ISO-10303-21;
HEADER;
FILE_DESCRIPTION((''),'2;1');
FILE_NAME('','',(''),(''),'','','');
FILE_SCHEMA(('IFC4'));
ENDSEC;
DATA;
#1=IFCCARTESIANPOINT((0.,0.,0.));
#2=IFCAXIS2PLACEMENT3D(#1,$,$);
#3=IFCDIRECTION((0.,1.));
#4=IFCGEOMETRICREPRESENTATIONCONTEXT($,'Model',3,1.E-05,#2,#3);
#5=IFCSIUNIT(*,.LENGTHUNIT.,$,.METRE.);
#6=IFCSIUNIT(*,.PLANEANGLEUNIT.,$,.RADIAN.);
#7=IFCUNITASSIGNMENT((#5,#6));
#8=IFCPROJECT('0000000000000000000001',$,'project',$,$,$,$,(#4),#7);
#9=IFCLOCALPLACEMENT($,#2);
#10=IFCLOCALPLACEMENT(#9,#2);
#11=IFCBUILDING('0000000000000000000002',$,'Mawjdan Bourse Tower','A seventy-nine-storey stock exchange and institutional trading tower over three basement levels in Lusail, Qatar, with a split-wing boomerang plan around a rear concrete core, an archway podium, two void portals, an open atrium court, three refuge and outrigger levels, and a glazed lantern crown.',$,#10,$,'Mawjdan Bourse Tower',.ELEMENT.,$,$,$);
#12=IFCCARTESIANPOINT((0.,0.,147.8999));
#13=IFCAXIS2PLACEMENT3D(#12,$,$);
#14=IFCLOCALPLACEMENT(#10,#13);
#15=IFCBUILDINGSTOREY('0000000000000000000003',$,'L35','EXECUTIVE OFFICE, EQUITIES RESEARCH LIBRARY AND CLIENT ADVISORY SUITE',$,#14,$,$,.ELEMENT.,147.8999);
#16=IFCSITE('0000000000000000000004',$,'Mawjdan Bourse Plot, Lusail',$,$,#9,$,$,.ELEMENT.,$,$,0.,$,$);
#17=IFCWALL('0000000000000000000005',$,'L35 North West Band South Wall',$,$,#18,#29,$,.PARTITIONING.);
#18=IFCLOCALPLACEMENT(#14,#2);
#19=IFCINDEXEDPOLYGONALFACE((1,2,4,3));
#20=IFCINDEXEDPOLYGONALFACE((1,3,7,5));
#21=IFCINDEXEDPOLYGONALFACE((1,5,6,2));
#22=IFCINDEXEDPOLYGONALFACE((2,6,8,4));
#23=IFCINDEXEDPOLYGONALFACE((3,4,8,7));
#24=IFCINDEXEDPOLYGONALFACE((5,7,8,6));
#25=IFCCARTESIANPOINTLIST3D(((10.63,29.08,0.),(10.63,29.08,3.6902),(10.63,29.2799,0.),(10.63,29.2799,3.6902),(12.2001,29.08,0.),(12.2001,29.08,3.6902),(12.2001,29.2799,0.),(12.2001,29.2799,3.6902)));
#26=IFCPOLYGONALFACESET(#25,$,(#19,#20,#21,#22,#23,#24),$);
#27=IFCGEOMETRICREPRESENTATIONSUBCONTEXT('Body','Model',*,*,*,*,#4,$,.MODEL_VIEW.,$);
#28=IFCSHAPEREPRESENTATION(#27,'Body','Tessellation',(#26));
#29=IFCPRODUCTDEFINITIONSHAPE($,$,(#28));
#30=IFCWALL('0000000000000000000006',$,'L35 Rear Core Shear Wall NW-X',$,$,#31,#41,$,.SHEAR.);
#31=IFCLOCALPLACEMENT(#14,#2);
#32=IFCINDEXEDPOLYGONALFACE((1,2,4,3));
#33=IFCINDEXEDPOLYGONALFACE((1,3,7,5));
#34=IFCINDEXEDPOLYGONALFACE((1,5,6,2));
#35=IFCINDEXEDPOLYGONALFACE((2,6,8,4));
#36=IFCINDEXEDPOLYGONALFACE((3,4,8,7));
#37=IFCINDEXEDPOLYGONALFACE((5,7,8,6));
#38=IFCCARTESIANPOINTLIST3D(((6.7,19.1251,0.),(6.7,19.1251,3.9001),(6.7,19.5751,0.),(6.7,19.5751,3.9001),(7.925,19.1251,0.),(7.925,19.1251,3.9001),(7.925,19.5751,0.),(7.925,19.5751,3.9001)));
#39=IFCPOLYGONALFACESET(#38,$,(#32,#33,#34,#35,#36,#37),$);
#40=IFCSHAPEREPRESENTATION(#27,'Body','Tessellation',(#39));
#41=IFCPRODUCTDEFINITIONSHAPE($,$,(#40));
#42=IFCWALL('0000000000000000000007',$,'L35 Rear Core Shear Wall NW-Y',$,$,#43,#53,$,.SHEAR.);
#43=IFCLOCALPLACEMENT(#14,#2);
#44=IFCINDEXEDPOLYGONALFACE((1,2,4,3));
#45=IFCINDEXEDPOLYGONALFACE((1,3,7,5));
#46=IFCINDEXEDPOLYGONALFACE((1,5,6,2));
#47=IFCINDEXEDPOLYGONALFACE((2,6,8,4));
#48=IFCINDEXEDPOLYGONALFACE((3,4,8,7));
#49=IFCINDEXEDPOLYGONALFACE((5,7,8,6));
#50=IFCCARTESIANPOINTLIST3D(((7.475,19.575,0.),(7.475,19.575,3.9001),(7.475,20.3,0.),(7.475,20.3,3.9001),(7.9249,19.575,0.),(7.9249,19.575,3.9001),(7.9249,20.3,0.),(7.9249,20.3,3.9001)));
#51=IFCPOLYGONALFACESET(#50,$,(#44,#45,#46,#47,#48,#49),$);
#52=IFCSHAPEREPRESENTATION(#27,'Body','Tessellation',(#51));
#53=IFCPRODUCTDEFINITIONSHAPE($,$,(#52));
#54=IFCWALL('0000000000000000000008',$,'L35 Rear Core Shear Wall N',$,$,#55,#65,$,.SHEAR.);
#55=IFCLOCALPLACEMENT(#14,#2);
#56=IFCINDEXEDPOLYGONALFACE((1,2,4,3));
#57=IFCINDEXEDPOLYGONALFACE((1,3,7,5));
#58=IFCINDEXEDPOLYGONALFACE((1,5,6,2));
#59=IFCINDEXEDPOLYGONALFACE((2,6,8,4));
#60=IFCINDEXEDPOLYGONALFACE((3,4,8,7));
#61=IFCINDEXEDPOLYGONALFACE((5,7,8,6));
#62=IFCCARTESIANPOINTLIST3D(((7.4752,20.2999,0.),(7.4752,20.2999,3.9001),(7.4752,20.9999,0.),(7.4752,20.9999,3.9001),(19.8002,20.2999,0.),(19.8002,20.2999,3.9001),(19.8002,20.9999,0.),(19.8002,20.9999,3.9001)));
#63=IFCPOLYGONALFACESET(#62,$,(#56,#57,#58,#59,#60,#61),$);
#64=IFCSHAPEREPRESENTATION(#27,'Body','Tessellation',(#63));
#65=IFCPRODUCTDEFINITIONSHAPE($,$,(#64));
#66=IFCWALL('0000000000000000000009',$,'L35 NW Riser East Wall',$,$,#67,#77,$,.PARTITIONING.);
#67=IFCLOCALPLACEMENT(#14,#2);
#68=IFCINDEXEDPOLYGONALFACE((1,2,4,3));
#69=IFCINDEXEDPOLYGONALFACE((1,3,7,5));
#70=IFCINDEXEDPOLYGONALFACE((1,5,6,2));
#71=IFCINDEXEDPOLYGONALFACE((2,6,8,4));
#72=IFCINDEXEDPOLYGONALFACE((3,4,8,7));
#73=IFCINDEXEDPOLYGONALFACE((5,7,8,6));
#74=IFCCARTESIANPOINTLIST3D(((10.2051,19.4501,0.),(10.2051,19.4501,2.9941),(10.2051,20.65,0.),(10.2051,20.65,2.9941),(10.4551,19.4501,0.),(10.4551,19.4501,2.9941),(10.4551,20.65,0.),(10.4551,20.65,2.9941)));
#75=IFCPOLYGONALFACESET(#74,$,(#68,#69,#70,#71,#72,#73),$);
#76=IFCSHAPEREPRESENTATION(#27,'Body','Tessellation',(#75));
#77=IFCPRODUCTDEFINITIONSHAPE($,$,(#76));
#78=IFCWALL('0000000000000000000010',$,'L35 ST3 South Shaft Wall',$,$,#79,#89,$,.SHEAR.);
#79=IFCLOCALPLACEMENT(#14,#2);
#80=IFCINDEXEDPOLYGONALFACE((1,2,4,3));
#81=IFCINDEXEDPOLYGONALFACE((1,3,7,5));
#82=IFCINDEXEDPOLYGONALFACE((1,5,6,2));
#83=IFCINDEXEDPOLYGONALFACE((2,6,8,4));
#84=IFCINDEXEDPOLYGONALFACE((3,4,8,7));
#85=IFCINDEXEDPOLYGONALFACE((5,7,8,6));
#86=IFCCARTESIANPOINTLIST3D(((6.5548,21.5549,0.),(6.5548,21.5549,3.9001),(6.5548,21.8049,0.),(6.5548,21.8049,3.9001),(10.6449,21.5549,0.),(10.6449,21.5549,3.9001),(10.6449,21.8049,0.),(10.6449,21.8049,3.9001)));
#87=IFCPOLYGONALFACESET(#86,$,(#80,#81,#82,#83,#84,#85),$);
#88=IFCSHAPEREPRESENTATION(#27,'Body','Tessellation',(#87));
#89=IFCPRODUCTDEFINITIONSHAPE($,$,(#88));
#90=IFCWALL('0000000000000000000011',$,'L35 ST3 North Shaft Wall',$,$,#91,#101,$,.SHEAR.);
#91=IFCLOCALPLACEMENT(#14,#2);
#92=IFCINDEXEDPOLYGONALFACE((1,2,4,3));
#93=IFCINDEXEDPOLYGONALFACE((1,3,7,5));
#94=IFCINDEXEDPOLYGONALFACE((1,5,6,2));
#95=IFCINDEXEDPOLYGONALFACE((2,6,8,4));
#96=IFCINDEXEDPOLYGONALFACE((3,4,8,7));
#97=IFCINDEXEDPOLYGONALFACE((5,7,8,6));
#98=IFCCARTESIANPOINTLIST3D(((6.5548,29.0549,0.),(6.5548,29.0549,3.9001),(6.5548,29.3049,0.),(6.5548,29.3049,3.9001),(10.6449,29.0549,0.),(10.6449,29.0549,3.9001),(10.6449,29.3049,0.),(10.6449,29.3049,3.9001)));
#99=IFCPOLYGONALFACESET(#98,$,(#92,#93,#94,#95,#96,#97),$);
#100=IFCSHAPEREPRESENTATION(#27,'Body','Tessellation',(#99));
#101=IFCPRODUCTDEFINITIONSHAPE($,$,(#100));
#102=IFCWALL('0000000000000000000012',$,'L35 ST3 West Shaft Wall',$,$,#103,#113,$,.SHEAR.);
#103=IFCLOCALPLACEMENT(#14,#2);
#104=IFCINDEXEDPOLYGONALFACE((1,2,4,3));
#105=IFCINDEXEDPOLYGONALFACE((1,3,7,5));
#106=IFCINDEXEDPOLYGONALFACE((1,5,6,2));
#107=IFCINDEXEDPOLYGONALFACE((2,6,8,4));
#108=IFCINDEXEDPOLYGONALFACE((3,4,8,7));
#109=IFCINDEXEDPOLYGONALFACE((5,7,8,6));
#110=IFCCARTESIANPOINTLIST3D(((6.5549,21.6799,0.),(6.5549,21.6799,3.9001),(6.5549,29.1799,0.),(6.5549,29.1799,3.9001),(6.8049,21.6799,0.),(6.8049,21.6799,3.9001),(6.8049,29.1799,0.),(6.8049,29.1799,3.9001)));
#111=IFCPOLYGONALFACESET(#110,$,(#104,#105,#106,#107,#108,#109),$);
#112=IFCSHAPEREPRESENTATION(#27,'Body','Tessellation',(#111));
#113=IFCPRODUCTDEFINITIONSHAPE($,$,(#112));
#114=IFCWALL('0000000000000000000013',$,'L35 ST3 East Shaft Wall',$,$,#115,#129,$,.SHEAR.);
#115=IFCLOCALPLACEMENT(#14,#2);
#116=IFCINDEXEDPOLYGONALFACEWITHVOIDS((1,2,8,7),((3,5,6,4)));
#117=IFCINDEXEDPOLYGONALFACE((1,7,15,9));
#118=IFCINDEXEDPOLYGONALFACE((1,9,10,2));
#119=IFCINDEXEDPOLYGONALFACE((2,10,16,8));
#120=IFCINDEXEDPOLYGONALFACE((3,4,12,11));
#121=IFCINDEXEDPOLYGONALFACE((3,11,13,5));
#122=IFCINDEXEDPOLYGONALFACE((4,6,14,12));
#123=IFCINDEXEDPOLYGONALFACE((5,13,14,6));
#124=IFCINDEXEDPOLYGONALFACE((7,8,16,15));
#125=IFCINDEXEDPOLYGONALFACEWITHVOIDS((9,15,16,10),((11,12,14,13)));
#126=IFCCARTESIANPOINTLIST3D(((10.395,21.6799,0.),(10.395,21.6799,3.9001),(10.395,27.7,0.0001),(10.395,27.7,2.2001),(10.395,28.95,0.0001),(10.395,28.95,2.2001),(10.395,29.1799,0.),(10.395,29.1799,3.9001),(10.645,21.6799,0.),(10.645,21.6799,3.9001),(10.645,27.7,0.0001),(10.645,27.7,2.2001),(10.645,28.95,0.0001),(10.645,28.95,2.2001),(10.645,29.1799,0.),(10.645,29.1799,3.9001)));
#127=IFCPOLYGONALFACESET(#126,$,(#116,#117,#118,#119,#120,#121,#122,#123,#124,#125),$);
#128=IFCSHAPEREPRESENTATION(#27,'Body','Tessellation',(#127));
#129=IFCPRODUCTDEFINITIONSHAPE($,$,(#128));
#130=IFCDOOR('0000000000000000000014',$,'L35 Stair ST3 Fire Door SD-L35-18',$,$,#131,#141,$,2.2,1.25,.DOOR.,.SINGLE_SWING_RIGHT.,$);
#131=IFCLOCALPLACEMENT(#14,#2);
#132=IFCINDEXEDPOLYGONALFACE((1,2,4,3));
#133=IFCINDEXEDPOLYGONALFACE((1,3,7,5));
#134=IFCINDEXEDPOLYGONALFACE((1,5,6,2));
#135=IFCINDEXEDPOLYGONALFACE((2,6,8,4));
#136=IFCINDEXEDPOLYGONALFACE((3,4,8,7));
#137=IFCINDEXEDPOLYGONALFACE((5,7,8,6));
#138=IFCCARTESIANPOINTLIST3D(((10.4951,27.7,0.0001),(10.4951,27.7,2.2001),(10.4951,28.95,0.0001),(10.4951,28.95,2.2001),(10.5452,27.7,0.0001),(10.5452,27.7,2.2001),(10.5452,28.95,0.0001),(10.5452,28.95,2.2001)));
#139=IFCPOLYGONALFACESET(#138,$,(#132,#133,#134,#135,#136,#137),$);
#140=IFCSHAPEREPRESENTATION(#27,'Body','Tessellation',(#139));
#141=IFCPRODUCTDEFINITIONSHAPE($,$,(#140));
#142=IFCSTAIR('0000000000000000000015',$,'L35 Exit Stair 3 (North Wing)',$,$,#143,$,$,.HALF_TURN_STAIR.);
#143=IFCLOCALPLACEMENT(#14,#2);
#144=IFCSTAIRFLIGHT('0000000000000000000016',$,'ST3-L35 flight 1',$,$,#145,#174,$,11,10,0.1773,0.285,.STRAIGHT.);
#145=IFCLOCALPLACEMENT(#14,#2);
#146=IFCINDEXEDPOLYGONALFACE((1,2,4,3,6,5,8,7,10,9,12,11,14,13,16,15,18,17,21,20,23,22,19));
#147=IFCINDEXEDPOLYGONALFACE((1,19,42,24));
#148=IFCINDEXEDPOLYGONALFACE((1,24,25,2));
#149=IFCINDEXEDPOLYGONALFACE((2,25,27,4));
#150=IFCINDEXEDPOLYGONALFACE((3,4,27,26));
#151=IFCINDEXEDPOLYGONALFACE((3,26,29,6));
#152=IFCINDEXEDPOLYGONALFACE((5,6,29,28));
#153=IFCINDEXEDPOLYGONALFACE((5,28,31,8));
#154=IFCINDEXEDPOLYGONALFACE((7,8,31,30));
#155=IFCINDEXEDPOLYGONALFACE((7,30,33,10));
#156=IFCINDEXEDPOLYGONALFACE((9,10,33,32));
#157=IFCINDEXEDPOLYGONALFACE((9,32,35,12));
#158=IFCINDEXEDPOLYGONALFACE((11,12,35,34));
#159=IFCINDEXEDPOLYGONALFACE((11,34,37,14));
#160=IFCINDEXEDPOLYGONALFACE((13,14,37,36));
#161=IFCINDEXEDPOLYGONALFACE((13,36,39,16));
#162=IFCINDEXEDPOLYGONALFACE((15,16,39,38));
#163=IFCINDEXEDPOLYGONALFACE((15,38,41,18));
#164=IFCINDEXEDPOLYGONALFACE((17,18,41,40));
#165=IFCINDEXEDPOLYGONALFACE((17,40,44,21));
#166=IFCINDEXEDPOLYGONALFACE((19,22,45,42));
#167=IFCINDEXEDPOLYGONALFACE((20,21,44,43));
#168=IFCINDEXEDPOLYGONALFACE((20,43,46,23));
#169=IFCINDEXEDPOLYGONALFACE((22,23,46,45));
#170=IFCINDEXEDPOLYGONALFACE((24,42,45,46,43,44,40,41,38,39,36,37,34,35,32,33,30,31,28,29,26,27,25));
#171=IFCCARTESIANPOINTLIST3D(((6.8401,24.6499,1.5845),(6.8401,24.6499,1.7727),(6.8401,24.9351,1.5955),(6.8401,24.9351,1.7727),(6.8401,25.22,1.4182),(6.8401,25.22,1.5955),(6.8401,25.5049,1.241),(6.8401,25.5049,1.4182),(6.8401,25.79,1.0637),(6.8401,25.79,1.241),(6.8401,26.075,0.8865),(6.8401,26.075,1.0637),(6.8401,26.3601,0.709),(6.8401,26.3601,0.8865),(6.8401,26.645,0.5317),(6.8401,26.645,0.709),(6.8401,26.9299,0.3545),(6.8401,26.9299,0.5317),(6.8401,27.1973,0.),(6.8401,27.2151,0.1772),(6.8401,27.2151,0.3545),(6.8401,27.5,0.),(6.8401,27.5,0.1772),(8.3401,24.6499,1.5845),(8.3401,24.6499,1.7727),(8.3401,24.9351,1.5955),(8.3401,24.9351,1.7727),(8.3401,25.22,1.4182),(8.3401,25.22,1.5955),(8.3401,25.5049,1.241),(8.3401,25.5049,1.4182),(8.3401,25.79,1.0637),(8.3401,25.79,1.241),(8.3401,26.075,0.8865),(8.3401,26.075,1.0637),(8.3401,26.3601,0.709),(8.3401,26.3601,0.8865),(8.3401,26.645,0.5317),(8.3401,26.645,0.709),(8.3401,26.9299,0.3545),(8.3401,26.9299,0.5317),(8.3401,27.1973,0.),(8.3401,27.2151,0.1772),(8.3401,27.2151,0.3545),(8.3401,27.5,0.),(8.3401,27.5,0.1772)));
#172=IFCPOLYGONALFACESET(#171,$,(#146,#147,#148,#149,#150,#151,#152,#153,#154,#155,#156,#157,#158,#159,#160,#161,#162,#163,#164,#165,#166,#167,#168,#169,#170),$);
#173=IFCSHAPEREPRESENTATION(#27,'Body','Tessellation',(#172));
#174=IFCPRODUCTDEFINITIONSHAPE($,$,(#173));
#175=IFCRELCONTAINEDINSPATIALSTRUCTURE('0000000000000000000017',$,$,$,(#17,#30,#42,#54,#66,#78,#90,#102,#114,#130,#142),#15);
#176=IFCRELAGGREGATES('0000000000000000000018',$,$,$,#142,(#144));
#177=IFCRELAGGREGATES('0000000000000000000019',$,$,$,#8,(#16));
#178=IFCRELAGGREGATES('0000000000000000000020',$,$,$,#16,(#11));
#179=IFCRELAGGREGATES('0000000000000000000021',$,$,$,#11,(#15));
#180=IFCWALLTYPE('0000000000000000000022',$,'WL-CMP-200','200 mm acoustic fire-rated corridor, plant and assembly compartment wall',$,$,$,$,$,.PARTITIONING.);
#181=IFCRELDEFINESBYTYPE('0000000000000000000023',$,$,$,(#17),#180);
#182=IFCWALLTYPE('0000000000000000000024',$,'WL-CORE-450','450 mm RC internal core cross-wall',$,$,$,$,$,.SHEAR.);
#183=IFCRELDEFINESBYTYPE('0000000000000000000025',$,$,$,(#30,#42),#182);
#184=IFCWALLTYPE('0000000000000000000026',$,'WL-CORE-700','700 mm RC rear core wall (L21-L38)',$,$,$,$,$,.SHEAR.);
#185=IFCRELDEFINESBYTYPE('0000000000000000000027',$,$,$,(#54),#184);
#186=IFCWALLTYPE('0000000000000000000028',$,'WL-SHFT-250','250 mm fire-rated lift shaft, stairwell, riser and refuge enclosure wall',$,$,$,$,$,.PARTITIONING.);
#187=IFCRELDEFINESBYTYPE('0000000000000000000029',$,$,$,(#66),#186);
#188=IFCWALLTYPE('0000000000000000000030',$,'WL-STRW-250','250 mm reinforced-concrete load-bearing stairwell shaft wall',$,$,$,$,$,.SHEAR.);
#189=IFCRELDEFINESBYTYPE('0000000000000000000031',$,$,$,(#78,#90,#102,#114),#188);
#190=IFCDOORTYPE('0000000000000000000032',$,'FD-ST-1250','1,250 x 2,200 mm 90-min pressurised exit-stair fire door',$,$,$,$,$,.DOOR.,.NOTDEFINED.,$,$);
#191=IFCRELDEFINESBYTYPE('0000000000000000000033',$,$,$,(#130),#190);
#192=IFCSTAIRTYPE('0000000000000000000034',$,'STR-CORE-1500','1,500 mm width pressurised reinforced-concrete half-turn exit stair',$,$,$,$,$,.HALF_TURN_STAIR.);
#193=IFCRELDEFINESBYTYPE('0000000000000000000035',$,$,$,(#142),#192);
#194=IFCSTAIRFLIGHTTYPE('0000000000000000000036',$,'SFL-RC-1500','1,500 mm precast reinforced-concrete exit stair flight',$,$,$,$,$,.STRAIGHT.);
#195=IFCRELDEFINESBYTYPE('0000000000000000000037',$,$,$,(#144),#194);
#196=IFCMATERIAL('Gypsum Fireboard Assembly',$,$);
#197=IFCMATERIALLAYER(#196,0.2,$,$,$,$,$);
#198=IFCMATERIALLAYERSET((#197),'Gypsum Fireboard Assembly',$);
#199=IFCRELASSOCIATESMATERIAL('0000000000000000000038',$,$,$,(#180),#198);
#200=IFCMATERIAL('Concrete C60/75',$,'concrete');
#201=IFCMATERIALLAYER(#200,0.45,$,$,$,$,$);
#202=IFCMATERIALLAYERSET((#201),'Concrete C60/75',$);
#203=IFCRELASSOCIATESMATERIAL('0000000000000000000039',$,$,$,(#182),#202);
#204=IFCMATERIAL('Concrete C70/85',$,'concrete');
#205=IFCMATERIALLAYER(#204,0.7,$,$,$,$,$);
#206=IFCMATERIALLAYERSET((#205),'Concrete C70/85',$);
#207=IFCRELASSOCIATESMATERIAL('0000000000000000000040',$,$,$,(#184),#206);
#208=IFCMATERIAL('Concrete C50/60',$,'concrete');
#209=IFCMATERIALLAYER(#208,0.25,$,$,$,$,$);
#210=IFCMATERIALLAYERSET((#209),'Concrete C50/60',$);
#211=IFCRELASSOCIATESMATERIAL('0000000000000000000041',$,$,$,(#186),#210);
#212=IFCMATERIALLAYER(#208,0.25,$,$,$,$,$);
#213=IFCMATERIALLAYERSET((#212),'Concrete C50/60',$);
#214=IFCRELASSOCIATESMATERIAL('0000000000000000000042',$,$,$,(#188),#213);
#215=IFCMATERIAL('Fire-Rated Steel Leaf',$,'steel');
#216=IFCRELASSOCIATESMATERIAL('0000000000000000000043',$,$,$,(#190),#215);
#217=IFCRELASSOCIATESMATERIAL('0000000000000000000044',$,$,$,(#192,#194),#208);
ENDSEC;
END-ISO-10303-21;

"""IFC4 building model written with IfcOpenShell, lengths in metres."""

from ifc_helpers import new_model, si_unit, direction, frame, frame_2d, origin, place, context, subcontext, project, spatial, polyline, rectangle, outline, extrude, material, layer, layer_set, type_object, element, fill, aggregate, save


model = new_model("IFC4")

# Units and contexts
model_context = context("Model", 3, precision=1e-05, world=origin(), true_north=direction((0.0, 1.0)))
body_context = subcontext(model_context, "Body", "Model", "MODEL_VIEW")
ifc_project = project(units=[si_unit("LENGTHUNIT", "METRE"), si_unit("PLANEANGLEUNIT", "RADIAN")], contexts=[model_context])

# Site, building, storey
site_placement = place(None, origin())
site = spatial("IfcSite", under=ifc_project, at=site_placement, Name="Mawjdan Bourse Plot, Lusail", CompositionType="ELEMENT", RefElevation=0.0)
building_placement = place(site_placement, origin())
building = spatial("IfcBuilding", under=site, at=building_placement, Name="Mawjdan Bourse Tower", Description="A seventy-nine-storey stock exchange and institutional trading tower over three basement levels in Lusail, Qatar, with a split-wing boomerang plan around a rear concrete core, an archway podium, two void portals, an open atrium court, three refuge and outrigger levels, and a glazed lantern crown.", LongName="Mawjdan Bourse Tower", CompositionType="ELEMENT")
storey_placement = place(building_placement, frame((0.0, 0.0, 147.8999)))
storey = spatial("IfcBuildingStorey", under=building, at=storey_placement, Name="L35", Description="EXECUTIVE OFFICE, EQUITIES RESEARCH LIBRARY AND CLIENT ADVISORY SUITE", CompositionType="ELEMENT", Elevation=147.8999)

# Shared definitions
ifc_material_1 = material(Name="Concrete C70/85", Category="concrete")

# Shared definitions
ifc_material_2 = material(Name="Gypsum Fireboard Assembly")
ifc_layer_1 = layer(ifc_material_2, 0.2)
ifc_layer_set_1 = layer_set([ifc_layer_1], Name="Gypsum Fireboard Assembly")
wall_type_1 = type_object("IfcWallType", Name="WL-CMP-200", Description="200 mm acoustic fire-rated corridor, plant and assembly compartment wall", PredefinedType="PARTITIONING", material=ifc_layer_set_1)

# Walls
wall_1_placement = place(storey_placement, frame((10.6299, 29.1799, 0.0), z_axis=(0.0, 0.0, 1.0), x_axis=(1.0, 0.0, 0.0)))
element("IfcWall", 1, at=wall_1_placement, inside=storey, type_object=wall_type_1, Name="L35 North West Band South Wall", PredefinedType="PARTITIONING", context=body_context, shape_type="SweptSolid", body=[
    extrude(rectangle(XDim=1.5701, YDim=0.2, at=frame_2d((0.7852, 0.0))), origin(), (0.0, 0.0, 1.0), 3.6902),
])
ifc_material_3 = material(Name="Concrete C60/75", Category="concrete")
ifc_layer_2 = layer(ifc_material_3, 0.45)
ifc_layer_set_2 = layer_set([ifc_layer_2], Name="Concrete C60/75")
wall_type_2 = type_object("IfcWallType", Name="WL-CORE-450", Description="450 mm RC internal core cross-wall", PredefinedType="SHEAR", material=ifc_layer_set_2)
wall_2_placement = place(storey_placement, frame((6.7, 19.3501, 0.0), z_axis=(0.0, 0.0, 1.0), x_axis=(1.0, 0.0, 0.0)))
element("IfcWall", 2, at=wall_2_placement, inside=storey, type_object=wall_type_2, Name="L35 Rear Core Shear Wall NW-X", PredefinedType="SHEAR", context=body_context, shape_type="SweptSolid", body=[
    extrude(rectangle(XDim=1.2251, YDim=0.45, at=frame_2d((0.6125, 0.0))), origin(), (0.0, 0.0, 1.0), 3.9001),
])
wall_3_placement = place(storey_placement, frame((7.7, 19.575, 0.0), z_axis=(0.0, 0.0, 1.0), x_axis=(0.0, 1.0, 0.0)))
element("IfcWall", 3, at=wall_3_placement, inside=storey, type_object=wall_type_2, Name="L35 Rear Core Shear Wall NW-Y", PredefinedType="SHEAR", context=body_context, shape_type="SweptSolid", body=[
    extrude(rectangle(XDim=0.7251, YDim=0.45, at=frame_2d((0.3625, 0.0))), origin(), (0.0, 0.0, 1.0), 3.9001),
])
ifc_layer_3 = layer(ifc_material_1, 0.7)
ifc_layer_set_3 = layer_set([ifc_layer_3], Name="Concrete C70/85")
wall_type_3 = type_object("IfcWallType", Name="WL-CORE-700", Description="700 mm RC rear core wall (L21-L38)", PredefinedType="SHEAR", material=ifc_layer_set_3)
wall_4_placement = place(storey_placement, frame((7.4751, 20.6499, 0.0), z_axis=(0.0, 0.0, 1.0), x_axis=(1.0, 0.0, 0.0)))
element("IfcWall", 4, at=wall_4_placement, inside=storey, type_object=wall_type_3, Name="L35 Rear Core Shear Wall N", PredefinedType="SHEAR", context=body_context, shape_type="SweptSolid", body=[
    extrude(rectangle(XDim=12.325, YDim=0.7, at=frame_2d((6.1626, 0.0))), origin(), (0.0, 0.0, 1.0), 3.9001),
])
ifc_material_4 = material(Name="Concrete C50/60", Category="concrete")
ifc_layer_4 = layer(ifc_material_4, 0.25)
ifc_layer_set_4 = layer_set([ifc_layer_4], Name="Concrete C50/60")
wall_type_4 = type_object("IfcWallType", Name="WL-SHFT-250", Description="250 mm fire-rated lift shaft, stairwell, riser and refuge enclosure wall", PredefinedType="PARTITIONING", material=ifc_layer_set_4)
wall_5_placement = place(storey_placement, frame((10.3301, 19.45, 0.0), z_axis=(0.0, 0.0, 1.0), x_axis=(0.0, 1.0, 0.0)))
element("IfcWall", 5, at=wall_5_placement, inside=storey, type_object=wall_type_4, Name="L35 NW Riser East Wall", PredefinedType="PARTITIONING", context=body_context, shape_type="SweptSolid", body=[
    extrude(rectangle(XDim=1.2, YDim=0.25, at=frame_2d((0.6001, 0.0))), origin(), (0.0, 0.0, 1.0), 2.9941),
])
ifc_layer_5 = layer(ifc_material_4, 0.25)
ifc_layer_set_5 = layer_set([ifc_layer_5], Name="Concrete C50/60")
wall_type_5 = type_object("IfcWallType", Name="WL-STRW-250", Description="250 mm reinforced-concrete load-bearing stairwell shaft wall", PredefinedType="SHEAR", material=ifc_layer_set_5)
for number, where, z_axis, x_axis, name in (
    (6, (6.5549, 21.6799, 0.0), (0.0, 0.0, 1.0), (1.0, 0.0, 0.0), "L35 ST3 South Shaft Wall"),
    (7, (6.5549, 29.1799, 0.0), (0.0, 0.0, 1.0), (1.0, 0.0, 0.0), "L35 ST3 North Shaft Wall"),
):
    element("IfcWall", number, at=place(storey_placement, frame(where, z_axis=z_axis, x_axis=x_axis)), inside=storey, type_object=wall_type_5, Name=name, PredefinedType="SHEAR", context=body_context, shape_type="SweptSolid", body=[
        extrude(rectangle(XDim=4.0901, YDim=0.25, at=frame_2d((2.0449, 0.0))), origin(), (0.0, 0.0, 1.0), 3.9001),
    ])
wall_6_placement = place(storey_placement, frame((6.6799, 21.6799, 0.0), z_axis=(0.0, 0.0, 1.0), x_axis=(0.0, 1.0, 0.0)))
element("IfcWall", 8, at=wall_6_placement, inside=storey, type_object=wall_type_5, Name="L35 ST3 West Shaft Wall", PredefinedType="SHEAR", context=body_context, shape_type="SweptSolid", body=[
    extrude(rectangle(XDim=7.5, YDim=0.25, at=frame_2d((3.75, 0.0))), origin(), (0.0, 0.0, 1.0), 3.9001),
])

# Wall, opening, door
wall_7_placement = place(storey_placement, frame((10.52, 21.6799, 0.0), z_axis=(0.0, 0.0, 1.0), x_axis=(0.0, 1.0, 0.0)))
wall_7 = element("IfcWall", 9, at=wall_7_placement, inside=storey, type_object=wall_type_5, Name="L35 ST3 East Shaft Wall", PredefinedType="SHEAR", context=body_context, shape_type="SweptSolid", body=[
    extrude(rectangle(XDim=7.5, YDim=0.25, at=frame_2d((3.75, 0.0))), origin(), (0.0, 0.0, 1.0), 3.9001),
])
opening_1_placement = place(wall_7_placement, frame((6.02, 0.0, 0.0)))
opening_1 = element("IfcOpeningElement", 10, at=opening_1_placement, cuts=wall_7, PredefinedType="OPENING", context=body_context, shape_type="SweptSolid", body=[
    extrude(rectangle(XDim=1.25, YDim=2.2, at=frame_2d((0.625, 1.1001))), frame((0.0, 0.135, 0.0), z_axis=(0.0, -1.0, 0.0), x_axis=(1.0, 0.0, 0.0)), (0.0, 0.0, 1.0), 0.27),
])
ifc_material_5 = material(Name="Fire-Rated Steel Leaf", Category="steel")
door_type_1 = type_object("IfcDoorType", Name="FD-ST-1250", Description="1,250 x 2,200 mm 90-min pressurised exit-stair fire door", OperationType="NOTDEFINED", PredefinedType="DOOR", material=ifc_material_5)
door_1_placement = place(opening_1_placement, origin())
door_1 = element("IfcDoor", 11, at=door_1_placement, inside=storey, type_object=door_type_1, Name="L35 Stair ST3 Fire Door SD-L35-18", OperationType="SINGLE_SWING_RIGHT", OverallHeight=2.2, OverallWidth=1.25, PredefinedType="DOOR", context=body_context, shape_type="SweptSolid", body=[
    extrude(rectangle(XDim=1.25, YDim=2.2, at=frame_2d((0.625, 1.1001))), frame((0.0, 0.0249, 0.0), z_axis=(0.0, -1.0, 0.0), x_axis=(1.0, 0.0, 0.0)), (0.0, 0.0, 1.0), 0.05),
])
fill(opening_1, door_1)

# Stair, stair flight
stair_type = type_object("IfcStairType", Name="STR-CORE-1500", Description="1,500 mm width pressurised reinforced-concrete half-turn exit stair", PredefinedType="HALF_TURN_STAIR", material=ifc_material_4)
stair_placement = place(storey_placement, origin())
stair = element("IfcStair", 12, at=stair_placement, inside=storey, type_object=stair_type, Name="L35 Exit Stair 3 (North Wing)", PredefinedType="HALF_TURN_STAIR")
stair_flight_type = type_object("IfcStairFlightType", Name="SFL-RC-1500", Description="1,500 mm precast reinforced-concrete exit stair flight", PredefinedType="STRAIGHT", material=ifc_material_4)
stair_flight_1_placement = place(storey_placement, frame((7.5901, 27.5, 0.0), z_axis=(0.0, 0.0, 1.0), x_axis=(0.0, -1.0, 0.0)))
stair_flight_1 = element("IfcStairFlight", 13, at=stair_flight_1_placement, type_object=stair_flight_type, Name="ST3-L35 flight 1", NumberOfRisers=11, NumberOfTreads=10, PredefinedType="STRAIGHT", RiserHeight=0.1773, TreadLength=0.285, context=body_context, shape_type="SweptSolid", body=[
    extrude(outline(polyline([(0.0, 0.0), (0.0, 0.1772), (0.2849, 0.1772), (0.2849, 0.3545), (0.5701, 0.3545), (0.5701, 0.5317), (0.855, 0.5317), (0.855, 0.709), (1.1399, 0.709), (1.1399, 0.8865), (1.425, 0.8865), (1.425, 1.0637), (1.71, 1.0637), (1.71, 1.241), (1.9951, 1.241), (1.9951, 1.4182), (2.28, 1.4182), (2.28, 1.5955), (2.5649, 1.5955), (2.5649, 1.7727), (2.8501, 1.7727), (2.8501, 1.95), (2.8501, 1.5845), (0.3027, 0.0), (0.0, 0.0)])), frame((0.0, 0.75, 0.0), z_axis=(0.0, -1.0, 0.0), x_axis=(1.0, 0.0, 0.0)), (0.0, 0.0, 1.0), 1.5),
])
aggregate(stair, [stair_flight_1])

save(model, "model.ifc")
